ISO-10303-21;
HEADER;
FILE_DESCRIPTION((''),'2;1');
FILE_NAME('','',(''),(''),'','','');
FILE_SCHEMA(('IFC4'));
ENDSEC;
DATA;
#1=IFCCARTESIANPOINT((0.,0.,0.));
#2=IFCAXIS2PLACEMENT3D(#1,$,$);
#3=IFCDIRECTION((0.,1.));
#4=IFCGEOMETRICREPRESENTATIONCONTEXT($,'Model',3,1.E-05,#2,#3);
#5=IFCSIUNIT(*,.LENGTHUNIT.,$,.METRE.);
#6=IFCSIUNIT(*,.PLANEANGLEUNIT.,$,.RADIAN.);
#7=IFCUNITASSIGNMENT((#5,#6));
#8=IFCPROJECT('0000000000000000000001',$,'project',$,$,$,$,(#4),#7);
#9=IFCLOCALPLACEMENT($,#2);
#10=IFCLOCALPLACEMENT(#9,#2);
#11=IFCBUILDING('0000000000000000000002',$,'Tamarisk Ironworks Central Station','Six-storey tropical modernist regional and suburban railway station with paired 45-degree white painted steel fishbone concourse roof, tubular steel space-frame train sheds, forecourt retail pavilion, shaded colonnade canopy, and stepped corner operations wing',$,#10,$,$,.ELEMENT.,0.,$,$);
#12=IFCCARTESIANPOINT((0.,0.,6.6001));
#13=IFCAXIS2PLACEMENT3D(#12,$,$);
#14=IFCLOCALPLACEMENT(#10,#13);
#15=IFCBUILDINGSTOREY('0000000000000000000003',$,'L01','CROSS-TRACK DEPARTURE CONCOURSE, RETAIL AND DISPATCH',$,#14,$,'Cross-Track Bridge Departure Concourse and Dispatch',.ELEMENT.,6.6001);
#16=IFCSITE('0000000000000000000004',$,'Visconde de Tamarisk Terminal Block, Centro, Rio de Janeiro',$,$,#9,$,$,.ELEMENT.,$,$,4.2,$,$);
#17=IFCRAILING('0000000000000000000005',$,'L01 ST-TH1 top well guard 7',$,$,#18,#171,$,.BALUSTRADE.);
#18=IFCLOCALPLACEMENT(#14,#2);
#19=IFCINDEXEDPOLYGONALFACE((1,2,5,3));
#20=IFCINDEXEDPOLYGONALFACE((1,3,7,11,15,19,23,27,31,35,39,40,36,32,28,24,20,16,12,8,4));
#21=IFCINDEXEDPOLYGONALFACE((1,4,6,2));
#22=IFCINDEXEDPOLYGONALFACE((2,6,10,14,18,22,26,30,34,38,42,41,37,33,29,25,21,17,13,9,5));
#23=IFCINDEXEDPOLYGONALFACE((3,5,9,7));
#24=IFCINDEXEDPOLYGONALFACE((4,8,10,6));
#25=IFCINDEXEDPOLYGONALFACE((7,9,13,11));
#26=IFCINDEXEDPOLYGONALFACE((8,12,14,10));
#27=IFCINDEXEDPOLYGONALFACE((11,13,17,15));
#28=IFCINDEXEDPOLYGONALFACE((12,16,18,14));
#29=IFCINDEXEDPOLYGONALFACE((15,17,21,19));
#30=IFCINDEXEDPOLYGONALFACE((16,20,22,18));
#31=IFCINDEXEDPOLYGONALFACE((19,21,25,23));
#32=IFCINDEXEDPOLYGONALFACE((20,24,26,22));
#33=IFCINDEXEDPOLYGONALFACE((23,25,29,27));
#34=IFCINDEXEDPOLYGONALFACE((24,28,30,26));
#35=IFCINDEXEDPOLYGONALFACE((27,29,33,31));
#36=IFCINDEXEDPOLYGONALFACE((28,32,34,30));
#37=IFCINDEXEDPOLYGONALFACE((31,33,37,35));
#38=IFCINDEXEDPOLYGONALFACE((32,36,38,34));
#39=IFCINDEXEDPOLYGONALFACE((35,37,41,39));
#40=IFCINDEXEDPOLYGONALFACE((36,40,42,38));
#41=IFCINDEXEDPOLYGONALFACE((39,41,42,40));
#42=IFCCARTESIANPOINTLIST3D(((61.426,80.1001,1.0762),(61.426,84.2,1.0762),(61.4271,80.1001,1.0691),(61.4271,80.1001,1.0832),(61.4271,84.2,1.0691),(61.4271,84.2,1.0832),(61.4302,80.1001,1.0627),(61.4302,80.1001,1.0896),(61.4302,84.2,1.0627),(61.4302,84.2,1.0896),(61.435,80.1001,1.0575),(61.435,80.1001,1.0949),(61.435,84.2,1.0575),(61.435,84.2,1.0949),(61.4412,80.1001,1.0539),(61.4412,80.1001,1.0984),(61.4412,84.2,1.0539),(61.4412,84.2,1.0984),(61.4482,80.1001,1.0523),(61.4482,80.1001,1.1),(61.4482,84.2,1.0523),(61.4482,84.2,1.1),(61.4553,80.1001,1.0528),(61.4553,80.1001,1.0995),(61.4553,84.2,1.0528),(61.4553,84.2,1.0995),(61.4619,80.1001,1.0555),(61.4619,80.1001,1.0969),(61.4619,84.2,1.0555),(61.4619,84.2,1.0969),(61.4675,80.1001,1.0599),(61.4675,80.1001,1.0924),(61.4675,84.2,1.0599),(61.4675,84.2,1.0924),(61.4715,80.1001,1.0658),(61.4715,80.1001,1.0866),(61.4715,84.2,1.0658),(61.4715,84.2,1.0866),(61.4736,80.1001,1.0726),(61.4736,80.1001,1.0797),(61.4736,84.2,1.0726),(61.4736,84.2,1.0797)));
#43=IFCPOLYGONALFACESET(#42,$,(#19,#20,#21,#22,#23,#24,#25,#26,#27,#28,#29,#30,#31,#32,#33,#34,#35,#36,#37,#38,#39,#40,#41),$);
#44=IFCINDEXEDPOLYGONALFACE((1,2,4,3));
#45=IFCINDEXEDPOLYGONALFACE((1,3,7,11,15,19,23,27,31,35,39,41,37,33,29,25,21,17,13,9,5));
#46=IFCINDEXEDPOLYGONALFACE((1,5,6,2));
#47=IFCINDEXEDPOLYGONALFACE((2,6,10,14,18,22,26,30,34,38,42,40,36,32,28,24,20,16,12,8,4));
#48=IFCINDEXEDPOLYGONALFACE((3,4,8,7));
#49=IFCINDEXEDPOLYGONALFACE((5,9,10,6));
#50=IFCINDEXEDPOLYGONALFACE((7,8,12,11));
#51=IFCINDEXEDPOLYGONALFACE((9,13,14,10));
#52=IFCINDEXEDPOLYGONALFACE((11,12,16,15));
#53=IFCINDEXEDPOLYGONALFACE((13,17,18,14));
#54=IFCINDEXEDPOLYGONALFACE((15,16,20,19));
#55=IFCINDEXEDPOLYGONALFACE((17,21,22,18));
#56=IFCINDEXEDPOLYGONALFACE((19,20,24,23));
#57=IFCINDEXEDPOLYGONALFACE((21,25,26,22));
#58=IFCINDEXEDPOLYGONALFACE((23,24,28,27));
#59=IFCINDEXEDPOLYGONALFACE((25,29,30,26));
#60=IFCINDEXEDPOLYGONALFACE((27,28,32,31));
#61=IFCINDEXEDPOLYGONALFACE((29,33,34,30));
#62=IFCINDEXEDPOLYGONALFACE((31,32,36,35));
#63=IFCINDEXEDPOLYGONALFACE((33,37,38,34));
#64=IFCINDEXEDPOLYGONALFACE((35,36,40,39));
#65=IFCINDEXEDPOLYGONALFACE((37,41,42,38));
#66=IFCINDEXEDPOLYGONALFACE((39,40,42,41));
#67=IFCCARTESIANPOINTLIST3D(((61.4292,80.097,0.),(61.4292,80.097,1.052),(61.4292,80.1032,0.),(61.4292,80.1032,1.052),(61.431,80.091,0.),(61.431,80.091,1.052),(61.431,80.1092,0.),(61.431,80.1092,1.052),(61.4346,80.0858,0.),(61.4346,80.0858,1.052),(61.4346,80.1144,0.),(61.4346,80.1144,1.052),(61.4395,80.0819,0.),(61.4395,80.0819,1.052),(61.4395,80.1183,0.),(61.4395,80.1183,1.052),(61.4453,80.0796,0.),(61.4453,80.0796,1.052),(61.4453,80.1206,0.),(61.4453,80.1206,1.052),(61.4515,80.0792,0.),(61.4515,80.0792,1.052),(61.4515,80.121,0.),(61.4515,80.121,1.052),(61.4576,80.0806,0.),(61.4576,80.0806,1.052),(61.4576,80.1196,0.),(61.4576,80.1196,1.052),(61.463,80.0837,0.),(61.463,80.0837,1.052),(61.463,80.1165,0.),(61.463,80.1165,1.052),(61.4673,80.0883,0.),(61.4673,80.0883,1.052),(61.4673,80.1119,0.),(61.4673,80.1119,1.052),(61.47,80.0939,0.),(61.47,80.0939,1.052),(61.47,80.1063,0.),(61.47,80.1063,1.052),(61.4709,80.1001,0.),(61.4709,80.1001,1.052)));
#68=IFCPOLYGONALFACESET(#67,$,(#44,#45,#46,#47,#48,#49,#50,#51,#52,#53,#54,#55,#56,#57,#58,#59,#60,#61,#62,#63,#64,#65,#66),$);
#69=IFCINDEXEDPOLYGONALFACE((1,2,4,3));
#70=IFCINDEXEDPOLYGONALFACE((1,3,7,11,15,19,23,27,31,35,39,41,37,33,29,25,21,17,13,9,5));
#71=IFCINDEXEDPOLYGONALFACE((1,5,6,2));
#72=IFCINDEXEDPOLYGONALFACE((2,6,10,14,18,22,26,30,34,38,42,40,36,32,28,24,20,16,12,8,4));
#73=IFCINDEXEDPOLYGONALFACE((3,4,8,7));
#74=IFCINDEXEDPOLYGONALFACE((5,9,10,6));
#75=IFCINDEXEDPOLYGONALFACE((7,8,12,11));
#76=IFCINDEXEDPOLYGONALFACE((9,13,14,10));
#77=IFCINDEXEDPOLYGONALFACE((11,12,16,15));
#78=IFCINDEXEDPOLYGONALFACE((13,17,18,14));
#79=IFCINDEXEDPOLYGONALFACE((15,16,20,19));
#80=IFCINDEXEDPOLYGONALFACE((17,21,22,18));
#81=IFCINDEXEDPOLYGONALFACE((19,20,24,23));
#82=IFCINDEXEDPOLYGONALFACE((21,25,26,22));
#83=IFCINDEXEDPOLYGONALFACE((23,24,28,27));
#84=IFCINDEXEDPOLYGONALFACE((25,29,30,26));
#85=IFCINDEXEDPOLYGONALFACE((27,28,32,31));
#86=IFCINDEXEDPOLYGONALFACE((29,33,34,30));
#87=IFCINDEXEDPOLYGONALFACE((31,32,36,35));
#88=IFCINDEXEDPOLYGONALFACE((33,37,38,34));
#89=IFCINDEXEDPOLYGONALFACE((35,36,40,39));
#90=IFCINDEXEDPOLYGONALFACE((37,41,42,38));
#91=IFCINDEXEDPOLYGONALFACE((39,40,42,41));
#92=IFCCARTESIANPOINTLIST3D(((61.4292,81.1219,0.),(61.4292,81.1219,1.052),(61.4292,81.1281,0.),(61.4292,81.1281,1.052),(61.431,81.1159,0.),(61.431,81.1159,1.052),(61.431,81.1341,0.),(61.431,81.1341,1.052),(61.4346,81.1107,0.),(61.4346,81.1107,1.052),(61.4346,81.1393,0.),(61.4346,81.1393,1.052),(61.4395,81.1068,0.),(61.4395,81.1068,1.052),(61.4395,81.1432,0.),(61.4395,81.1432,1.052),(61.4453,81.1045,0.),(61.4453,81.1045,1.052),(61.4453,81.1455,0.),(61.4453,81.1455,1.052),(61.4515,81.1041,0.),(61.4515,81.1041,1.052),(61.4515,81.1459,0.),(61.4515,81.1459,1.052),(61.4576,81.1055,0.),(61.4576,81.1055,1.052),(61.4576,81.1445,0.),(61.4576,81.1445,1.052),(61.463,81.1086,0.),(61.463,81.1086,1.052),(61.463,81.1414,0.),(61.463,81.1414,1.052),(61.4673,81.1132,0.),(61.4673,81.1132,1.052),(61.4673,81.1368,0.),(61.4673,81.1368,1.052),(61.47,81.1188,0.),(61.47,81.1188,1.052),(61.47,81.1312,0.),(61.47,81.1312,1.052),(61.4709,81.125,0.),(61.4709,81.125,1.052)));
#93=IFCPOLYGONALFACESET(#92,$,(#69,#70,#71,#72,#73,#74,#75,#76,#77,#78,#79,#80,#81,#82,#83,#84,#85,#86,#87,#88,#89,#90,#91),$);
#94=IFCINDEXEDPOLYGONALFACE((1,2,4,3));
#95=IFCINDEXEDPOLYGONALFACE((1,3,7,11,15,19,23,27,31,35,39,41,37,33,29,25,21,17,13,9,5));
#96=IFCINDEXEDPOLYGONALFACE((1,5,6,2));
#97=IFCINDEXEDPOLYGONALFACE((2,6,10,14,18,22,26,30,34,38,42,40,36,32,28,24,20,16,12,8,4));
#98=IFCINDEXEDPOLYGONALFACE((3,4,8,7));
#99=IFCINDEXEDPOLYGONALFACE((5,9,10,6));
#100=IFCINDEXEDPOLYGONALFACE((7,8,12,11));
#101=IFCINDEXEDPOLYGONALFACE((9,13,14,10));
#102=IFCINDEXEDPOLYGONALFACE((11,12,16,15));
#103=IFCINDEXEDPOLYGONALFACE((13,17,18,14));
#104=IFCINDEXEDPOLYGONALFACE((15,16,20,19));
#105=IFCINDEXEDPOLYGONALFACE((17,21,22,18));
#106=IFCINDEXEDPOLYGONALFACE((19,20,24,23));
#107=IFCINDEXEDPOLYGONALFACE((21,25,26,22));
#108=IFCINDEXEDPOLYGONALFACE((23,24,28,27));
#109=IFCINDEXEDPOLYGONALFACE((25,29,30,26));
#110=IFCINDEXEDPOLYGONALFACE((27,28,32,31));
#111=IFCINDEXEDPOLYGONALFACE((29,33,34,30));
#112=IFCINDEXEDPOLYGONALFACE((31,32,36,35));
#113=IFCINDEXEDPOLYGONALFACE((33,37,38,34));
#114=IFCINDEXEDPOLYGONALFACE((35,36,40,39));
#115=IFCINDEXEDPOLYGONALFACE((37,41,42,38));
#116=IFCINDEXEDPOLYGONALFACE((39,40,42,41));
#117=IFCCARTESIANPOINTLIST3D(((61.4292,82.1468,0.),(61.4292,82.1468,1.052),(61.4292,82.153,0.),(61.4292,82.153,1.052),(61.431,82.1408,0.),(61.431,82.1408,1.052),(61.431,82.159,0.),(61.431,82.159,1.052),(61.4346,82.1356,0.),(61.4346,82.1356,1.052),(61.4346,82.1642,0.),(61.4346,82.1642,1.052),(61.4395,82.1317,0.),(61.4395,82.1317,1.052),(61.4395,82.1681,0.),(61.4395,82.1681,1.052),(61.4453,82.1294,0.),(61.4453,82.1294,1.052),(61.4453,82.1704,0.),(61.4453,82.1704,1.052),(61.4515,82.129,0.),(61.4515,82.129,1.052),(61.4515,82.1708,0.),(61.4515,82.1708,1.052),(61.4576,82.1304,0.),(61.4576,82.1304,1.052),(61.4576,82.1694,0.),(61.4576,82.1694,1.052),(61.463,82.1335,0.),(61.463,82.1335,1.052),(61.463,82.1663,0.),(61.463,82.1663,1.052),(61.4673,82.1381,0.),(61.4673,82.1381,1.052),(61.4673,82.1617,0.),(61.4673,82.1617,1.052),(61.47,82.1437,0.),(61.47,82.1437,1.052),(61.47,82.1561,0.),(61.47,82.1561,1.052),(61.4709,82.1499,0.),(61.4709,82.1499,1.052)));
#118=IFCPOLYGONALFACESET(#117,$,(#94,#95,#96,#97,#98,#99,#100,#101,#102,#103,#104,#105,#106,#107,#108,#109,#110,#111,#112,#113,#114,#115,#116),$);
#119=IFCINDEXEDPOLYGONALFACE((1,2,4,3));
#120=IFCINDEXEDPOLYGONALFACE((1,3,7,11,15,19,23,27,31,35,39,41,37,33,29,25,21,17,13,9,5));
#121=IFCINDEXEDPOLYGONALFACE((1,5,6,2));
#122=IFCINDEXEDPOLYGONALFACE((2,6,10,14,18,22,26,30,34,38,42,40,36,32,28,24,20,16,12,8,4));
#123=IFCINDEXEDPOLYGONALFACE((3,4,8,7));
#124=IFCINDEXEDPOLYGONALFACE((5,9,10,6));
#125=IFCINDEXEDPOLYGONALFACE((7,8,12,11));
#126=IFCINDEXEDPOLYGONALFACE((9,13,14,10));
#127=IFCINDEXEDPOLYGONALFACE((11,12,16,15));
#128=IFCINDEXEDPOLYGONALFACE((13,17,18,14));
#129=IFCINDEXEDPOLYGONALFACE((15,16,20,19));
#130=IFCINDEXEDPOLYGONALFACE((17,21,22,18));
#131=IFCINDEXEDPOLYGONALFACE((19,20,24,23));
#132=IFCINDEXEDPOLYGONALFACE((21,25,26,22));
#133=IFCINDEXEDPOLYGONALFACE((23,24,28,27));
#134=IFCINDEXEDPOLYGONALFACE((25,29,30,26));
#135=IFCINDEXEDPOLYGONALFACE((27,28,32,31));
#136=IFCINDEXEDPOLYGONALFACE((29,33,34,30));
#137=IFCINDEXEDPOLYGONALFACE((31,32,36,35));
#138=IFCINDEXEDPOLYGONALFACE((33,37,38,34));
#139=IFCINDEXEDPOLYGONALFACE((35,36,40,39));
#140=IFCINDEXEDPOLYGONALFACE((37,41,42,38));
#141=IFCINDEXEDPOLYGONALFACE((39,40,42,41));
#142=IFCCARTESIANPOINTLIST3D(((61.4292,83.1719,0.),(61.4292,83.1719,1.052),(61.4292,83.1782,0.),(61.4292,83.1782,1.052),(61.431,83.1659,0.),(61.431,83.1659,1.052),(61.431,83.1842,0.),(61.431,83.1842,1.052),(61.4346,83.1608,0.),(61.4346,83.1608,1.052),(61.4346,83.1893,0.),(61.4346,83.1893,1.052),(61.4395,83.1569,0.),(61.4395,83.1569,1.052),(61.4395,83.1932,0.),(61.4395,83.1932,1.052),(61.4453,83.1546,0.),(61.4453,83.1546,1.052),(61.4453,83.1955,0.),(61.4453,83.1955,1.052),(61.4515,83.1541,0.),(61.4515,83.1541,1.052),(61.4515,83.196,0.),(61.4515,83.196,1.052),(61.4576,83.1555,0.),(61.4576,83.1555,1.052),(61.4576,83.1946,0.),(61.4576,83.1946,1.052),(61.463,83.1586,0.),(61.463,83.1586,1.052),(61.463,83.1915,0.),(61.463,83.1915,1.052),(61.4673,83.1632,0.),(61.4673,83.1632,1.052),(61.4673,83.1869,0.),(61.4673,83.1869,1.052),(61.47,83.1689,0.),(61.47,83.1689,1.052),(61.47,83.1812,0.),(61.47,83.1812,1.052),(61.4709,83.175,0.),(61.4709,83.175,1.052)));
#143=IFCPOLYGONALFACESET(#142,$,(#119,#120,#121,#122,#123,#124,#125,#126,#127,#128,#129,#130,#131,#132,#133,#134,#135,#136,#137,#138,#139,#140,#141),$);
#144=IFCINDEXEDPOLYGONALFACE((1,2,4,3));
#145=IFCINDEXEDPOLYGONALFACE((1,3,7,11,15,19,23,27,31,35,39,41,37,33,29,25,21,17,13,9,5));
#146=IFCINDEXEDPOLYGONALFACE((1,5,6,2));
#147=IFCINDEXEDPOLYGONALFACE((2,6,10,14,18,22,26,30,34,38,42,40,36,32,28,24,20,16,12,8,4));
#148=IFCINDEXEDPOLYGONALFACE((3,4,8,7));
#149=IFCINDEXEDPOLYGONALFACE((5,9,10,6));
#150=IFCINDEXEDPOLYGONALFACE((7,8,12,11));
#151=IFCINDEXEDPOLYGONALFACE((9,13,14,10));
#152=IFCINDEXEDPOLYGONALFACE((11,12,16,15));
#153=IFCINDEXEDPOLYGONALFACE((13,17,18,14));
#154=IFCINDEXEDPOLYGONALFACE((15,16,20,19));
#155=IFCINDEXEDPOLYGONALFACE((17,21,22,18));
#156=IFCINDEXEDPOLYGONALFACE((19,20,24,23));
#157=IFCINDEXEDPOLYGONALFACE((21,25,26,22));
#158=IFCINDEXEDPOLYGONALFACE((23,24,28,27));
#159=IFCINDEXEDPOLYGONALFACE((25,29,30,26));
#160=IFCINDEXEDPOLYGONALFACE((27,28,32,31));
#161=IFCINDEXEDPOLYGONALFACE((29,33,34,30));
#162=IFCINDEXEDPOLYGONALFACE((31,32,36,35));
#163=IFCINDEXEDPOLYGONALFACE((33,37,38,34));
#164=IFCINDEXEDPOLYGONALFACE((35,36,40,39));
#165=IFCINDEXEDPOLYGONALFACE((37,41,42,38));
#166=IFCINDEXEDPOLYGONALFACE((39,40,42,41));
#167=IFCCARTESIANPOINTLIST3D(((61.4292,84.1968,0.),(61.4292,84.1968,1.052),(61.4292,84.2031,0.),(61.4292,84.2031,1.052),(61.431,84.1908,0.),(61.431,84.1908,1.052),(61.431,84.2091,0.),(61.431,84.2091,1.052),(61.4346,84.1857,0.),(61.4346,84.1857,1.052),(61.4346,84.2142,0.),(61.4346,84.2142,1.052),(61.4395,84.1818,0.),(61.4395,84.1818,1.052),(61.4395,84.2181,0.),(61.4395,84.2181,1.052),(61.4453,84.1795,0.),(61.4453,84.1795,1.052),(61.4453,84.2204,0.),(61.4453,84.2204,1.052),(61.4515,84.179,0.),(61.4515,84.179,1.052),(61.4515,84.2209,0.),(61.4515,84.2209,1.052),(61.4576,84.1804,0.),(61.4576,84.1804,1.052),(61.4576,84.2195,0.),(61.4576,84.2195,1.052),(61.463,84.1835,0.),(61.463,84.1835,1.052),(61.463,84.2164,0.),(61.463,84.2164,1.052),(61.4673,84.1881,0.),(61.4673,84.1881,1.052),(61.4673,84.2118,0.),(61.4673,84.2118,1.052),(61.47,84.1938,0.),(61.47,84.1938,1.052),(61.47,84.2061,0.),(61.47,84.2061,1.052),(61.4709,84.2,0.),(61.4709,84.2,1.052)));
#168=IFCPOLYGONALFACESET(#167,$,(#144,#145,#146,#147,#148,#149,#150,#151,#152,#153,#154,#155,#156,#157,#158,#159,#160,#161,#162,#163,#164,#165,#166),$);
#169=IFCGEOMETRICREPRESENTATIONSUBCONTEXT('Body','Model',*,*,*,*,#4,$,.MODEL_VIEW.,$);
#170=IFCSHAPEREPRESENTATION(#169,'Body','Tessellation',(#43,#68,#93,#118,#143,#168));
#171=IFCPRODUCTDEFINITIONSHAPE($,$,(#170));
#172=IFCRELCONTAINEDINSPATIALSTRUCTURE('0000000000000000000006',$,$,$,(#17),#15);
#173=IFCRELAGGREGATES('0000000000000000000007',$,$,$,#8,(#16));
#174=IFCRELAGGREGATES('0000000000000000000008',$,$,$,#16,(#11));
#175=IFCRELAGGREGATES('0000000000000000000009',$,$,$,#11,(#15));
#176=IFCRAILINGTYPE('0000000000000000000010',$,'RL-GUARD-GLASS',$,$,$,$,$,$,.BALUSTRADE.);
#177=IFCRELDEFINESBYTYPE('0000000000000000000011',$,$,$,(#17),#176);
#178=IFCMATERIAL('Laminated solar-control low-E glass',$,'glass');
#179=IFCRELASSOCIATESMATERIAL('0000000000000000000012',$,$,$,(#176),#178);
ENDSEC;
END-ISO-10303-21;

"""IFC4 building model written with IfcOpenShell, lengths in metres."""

from ifc_helpers import new_model, si_unit, direction, frame, origin, origin_2d, place, context, subcontext, project, spatial, circle, extrude, material, type_object, element, save


model = new_model("IFC4")

# Units and contexts
model_context = context("Model", 3, precision=1e-05, world=origin(), true_north=direction((0.0, 1.0)))
body_context = subcontext(model_context, "Body", "Model", "MODEL_VIEW")
ifc_project = project(units=[si_unit("LENGTHUNIT", "METRE"), si_unit("PLANEANGLEUNIT", "RADIAN")], contexts=[model_context])

# Site, building, storey
site_placement = place(None, origin())
site = spatial("IfcSite", under=ifc_project, at=site_placement, Name="Visconde de Tamarisk Terminal Block, Centro, Rio de Janeiro", CompositionType="ELEMENT", RefElevation=4.2)
building_placement = place(site_placement, origin())
building = spatial("IfcBuilding", under=site, at=building_placement, Name="Tamarisk Ironworks Central Station", Description="Six-storey tropical modernist regional and suburban railway station with paired 45-degree white painted steel fishbone concourse roof, tubular steel space-frame train sheds, forecourt retail pavilion, shaded colonnade canopy, and stepped corner operations wing", CompositionType="ELEMENT", ElevationOfRefHeight=0.0)
storey_placement = place(building_placement, frame((0.0, 0.0, 6.6001)))
storey = spatial("IfcBuildingStorey", under=building, at=storey_placement, Name="L01", Description="CROSS-TRACK DEPARTURE CONCOURSE, RETAIL AND DISPATCH", LongName="Cross-Track Bridge Departure Concourse and Dispatch", CompositionType="ELEMENT", Elevation=6.6001)

# Shared definitions
ifc_material_1 = material(Name="Laminated solar-control low-E glass", Category="glass")

# Railing
railing_type = type_object("IfcRailingType", Name="RL-GUARD-GLASS", PredefinedType="BALUSTRADE", material=ifc_material_1)
railing_1_placement = place(storey_placement, frame((61.45, 80.1001, 0.0)))
element("IfcRailing", 1, at=railing_1_placement, inside=storey, type_object=railing_type, Name="L01 ST-TH1 top well guard 7", PredefinedType="BALUSTRADE", context=body_context, shape_type="SweptSolid", body=[
    extrude(circle(Radius=0.0239, at=origin_2d()), frame((0.0, 0.0, 1.0762), z_axis=(0.0, 1.0, 0.0), x_axis=(-1.0, 0.0, 0.0)), (0.0, 0.0, 1.0), 4.0999),
    extrude(circle(Radius=0.021, at=origin_2d()), origin(), (0.0, 0.0, 1.0), 1.052),
    extrude(circle(Radius=0.021, at=origin_2d()), frame((0.0, 1.0249, 0.0)), (0.0, 0.0, 1.0), 1.052),
    extrude(circle(Radius=0.021, at=origin_2d()), frame((0.0, 2.0498, 0.0)), (0.0, 0.0, 1.0), 1.052),
    extrude(circle(Radius=0.021, at=origin_2d()), frame((0.0, 3.075, 0.0)), (0.0, 0.0, 1.0), 1.052),
    extrude(circle(Radius=0.021, at=origin_2d()), frame((0.0, 4.0999, 0.0)), (0.0, 0.0, 1.0), 1.052),
])

save(model, "model.ifc")
